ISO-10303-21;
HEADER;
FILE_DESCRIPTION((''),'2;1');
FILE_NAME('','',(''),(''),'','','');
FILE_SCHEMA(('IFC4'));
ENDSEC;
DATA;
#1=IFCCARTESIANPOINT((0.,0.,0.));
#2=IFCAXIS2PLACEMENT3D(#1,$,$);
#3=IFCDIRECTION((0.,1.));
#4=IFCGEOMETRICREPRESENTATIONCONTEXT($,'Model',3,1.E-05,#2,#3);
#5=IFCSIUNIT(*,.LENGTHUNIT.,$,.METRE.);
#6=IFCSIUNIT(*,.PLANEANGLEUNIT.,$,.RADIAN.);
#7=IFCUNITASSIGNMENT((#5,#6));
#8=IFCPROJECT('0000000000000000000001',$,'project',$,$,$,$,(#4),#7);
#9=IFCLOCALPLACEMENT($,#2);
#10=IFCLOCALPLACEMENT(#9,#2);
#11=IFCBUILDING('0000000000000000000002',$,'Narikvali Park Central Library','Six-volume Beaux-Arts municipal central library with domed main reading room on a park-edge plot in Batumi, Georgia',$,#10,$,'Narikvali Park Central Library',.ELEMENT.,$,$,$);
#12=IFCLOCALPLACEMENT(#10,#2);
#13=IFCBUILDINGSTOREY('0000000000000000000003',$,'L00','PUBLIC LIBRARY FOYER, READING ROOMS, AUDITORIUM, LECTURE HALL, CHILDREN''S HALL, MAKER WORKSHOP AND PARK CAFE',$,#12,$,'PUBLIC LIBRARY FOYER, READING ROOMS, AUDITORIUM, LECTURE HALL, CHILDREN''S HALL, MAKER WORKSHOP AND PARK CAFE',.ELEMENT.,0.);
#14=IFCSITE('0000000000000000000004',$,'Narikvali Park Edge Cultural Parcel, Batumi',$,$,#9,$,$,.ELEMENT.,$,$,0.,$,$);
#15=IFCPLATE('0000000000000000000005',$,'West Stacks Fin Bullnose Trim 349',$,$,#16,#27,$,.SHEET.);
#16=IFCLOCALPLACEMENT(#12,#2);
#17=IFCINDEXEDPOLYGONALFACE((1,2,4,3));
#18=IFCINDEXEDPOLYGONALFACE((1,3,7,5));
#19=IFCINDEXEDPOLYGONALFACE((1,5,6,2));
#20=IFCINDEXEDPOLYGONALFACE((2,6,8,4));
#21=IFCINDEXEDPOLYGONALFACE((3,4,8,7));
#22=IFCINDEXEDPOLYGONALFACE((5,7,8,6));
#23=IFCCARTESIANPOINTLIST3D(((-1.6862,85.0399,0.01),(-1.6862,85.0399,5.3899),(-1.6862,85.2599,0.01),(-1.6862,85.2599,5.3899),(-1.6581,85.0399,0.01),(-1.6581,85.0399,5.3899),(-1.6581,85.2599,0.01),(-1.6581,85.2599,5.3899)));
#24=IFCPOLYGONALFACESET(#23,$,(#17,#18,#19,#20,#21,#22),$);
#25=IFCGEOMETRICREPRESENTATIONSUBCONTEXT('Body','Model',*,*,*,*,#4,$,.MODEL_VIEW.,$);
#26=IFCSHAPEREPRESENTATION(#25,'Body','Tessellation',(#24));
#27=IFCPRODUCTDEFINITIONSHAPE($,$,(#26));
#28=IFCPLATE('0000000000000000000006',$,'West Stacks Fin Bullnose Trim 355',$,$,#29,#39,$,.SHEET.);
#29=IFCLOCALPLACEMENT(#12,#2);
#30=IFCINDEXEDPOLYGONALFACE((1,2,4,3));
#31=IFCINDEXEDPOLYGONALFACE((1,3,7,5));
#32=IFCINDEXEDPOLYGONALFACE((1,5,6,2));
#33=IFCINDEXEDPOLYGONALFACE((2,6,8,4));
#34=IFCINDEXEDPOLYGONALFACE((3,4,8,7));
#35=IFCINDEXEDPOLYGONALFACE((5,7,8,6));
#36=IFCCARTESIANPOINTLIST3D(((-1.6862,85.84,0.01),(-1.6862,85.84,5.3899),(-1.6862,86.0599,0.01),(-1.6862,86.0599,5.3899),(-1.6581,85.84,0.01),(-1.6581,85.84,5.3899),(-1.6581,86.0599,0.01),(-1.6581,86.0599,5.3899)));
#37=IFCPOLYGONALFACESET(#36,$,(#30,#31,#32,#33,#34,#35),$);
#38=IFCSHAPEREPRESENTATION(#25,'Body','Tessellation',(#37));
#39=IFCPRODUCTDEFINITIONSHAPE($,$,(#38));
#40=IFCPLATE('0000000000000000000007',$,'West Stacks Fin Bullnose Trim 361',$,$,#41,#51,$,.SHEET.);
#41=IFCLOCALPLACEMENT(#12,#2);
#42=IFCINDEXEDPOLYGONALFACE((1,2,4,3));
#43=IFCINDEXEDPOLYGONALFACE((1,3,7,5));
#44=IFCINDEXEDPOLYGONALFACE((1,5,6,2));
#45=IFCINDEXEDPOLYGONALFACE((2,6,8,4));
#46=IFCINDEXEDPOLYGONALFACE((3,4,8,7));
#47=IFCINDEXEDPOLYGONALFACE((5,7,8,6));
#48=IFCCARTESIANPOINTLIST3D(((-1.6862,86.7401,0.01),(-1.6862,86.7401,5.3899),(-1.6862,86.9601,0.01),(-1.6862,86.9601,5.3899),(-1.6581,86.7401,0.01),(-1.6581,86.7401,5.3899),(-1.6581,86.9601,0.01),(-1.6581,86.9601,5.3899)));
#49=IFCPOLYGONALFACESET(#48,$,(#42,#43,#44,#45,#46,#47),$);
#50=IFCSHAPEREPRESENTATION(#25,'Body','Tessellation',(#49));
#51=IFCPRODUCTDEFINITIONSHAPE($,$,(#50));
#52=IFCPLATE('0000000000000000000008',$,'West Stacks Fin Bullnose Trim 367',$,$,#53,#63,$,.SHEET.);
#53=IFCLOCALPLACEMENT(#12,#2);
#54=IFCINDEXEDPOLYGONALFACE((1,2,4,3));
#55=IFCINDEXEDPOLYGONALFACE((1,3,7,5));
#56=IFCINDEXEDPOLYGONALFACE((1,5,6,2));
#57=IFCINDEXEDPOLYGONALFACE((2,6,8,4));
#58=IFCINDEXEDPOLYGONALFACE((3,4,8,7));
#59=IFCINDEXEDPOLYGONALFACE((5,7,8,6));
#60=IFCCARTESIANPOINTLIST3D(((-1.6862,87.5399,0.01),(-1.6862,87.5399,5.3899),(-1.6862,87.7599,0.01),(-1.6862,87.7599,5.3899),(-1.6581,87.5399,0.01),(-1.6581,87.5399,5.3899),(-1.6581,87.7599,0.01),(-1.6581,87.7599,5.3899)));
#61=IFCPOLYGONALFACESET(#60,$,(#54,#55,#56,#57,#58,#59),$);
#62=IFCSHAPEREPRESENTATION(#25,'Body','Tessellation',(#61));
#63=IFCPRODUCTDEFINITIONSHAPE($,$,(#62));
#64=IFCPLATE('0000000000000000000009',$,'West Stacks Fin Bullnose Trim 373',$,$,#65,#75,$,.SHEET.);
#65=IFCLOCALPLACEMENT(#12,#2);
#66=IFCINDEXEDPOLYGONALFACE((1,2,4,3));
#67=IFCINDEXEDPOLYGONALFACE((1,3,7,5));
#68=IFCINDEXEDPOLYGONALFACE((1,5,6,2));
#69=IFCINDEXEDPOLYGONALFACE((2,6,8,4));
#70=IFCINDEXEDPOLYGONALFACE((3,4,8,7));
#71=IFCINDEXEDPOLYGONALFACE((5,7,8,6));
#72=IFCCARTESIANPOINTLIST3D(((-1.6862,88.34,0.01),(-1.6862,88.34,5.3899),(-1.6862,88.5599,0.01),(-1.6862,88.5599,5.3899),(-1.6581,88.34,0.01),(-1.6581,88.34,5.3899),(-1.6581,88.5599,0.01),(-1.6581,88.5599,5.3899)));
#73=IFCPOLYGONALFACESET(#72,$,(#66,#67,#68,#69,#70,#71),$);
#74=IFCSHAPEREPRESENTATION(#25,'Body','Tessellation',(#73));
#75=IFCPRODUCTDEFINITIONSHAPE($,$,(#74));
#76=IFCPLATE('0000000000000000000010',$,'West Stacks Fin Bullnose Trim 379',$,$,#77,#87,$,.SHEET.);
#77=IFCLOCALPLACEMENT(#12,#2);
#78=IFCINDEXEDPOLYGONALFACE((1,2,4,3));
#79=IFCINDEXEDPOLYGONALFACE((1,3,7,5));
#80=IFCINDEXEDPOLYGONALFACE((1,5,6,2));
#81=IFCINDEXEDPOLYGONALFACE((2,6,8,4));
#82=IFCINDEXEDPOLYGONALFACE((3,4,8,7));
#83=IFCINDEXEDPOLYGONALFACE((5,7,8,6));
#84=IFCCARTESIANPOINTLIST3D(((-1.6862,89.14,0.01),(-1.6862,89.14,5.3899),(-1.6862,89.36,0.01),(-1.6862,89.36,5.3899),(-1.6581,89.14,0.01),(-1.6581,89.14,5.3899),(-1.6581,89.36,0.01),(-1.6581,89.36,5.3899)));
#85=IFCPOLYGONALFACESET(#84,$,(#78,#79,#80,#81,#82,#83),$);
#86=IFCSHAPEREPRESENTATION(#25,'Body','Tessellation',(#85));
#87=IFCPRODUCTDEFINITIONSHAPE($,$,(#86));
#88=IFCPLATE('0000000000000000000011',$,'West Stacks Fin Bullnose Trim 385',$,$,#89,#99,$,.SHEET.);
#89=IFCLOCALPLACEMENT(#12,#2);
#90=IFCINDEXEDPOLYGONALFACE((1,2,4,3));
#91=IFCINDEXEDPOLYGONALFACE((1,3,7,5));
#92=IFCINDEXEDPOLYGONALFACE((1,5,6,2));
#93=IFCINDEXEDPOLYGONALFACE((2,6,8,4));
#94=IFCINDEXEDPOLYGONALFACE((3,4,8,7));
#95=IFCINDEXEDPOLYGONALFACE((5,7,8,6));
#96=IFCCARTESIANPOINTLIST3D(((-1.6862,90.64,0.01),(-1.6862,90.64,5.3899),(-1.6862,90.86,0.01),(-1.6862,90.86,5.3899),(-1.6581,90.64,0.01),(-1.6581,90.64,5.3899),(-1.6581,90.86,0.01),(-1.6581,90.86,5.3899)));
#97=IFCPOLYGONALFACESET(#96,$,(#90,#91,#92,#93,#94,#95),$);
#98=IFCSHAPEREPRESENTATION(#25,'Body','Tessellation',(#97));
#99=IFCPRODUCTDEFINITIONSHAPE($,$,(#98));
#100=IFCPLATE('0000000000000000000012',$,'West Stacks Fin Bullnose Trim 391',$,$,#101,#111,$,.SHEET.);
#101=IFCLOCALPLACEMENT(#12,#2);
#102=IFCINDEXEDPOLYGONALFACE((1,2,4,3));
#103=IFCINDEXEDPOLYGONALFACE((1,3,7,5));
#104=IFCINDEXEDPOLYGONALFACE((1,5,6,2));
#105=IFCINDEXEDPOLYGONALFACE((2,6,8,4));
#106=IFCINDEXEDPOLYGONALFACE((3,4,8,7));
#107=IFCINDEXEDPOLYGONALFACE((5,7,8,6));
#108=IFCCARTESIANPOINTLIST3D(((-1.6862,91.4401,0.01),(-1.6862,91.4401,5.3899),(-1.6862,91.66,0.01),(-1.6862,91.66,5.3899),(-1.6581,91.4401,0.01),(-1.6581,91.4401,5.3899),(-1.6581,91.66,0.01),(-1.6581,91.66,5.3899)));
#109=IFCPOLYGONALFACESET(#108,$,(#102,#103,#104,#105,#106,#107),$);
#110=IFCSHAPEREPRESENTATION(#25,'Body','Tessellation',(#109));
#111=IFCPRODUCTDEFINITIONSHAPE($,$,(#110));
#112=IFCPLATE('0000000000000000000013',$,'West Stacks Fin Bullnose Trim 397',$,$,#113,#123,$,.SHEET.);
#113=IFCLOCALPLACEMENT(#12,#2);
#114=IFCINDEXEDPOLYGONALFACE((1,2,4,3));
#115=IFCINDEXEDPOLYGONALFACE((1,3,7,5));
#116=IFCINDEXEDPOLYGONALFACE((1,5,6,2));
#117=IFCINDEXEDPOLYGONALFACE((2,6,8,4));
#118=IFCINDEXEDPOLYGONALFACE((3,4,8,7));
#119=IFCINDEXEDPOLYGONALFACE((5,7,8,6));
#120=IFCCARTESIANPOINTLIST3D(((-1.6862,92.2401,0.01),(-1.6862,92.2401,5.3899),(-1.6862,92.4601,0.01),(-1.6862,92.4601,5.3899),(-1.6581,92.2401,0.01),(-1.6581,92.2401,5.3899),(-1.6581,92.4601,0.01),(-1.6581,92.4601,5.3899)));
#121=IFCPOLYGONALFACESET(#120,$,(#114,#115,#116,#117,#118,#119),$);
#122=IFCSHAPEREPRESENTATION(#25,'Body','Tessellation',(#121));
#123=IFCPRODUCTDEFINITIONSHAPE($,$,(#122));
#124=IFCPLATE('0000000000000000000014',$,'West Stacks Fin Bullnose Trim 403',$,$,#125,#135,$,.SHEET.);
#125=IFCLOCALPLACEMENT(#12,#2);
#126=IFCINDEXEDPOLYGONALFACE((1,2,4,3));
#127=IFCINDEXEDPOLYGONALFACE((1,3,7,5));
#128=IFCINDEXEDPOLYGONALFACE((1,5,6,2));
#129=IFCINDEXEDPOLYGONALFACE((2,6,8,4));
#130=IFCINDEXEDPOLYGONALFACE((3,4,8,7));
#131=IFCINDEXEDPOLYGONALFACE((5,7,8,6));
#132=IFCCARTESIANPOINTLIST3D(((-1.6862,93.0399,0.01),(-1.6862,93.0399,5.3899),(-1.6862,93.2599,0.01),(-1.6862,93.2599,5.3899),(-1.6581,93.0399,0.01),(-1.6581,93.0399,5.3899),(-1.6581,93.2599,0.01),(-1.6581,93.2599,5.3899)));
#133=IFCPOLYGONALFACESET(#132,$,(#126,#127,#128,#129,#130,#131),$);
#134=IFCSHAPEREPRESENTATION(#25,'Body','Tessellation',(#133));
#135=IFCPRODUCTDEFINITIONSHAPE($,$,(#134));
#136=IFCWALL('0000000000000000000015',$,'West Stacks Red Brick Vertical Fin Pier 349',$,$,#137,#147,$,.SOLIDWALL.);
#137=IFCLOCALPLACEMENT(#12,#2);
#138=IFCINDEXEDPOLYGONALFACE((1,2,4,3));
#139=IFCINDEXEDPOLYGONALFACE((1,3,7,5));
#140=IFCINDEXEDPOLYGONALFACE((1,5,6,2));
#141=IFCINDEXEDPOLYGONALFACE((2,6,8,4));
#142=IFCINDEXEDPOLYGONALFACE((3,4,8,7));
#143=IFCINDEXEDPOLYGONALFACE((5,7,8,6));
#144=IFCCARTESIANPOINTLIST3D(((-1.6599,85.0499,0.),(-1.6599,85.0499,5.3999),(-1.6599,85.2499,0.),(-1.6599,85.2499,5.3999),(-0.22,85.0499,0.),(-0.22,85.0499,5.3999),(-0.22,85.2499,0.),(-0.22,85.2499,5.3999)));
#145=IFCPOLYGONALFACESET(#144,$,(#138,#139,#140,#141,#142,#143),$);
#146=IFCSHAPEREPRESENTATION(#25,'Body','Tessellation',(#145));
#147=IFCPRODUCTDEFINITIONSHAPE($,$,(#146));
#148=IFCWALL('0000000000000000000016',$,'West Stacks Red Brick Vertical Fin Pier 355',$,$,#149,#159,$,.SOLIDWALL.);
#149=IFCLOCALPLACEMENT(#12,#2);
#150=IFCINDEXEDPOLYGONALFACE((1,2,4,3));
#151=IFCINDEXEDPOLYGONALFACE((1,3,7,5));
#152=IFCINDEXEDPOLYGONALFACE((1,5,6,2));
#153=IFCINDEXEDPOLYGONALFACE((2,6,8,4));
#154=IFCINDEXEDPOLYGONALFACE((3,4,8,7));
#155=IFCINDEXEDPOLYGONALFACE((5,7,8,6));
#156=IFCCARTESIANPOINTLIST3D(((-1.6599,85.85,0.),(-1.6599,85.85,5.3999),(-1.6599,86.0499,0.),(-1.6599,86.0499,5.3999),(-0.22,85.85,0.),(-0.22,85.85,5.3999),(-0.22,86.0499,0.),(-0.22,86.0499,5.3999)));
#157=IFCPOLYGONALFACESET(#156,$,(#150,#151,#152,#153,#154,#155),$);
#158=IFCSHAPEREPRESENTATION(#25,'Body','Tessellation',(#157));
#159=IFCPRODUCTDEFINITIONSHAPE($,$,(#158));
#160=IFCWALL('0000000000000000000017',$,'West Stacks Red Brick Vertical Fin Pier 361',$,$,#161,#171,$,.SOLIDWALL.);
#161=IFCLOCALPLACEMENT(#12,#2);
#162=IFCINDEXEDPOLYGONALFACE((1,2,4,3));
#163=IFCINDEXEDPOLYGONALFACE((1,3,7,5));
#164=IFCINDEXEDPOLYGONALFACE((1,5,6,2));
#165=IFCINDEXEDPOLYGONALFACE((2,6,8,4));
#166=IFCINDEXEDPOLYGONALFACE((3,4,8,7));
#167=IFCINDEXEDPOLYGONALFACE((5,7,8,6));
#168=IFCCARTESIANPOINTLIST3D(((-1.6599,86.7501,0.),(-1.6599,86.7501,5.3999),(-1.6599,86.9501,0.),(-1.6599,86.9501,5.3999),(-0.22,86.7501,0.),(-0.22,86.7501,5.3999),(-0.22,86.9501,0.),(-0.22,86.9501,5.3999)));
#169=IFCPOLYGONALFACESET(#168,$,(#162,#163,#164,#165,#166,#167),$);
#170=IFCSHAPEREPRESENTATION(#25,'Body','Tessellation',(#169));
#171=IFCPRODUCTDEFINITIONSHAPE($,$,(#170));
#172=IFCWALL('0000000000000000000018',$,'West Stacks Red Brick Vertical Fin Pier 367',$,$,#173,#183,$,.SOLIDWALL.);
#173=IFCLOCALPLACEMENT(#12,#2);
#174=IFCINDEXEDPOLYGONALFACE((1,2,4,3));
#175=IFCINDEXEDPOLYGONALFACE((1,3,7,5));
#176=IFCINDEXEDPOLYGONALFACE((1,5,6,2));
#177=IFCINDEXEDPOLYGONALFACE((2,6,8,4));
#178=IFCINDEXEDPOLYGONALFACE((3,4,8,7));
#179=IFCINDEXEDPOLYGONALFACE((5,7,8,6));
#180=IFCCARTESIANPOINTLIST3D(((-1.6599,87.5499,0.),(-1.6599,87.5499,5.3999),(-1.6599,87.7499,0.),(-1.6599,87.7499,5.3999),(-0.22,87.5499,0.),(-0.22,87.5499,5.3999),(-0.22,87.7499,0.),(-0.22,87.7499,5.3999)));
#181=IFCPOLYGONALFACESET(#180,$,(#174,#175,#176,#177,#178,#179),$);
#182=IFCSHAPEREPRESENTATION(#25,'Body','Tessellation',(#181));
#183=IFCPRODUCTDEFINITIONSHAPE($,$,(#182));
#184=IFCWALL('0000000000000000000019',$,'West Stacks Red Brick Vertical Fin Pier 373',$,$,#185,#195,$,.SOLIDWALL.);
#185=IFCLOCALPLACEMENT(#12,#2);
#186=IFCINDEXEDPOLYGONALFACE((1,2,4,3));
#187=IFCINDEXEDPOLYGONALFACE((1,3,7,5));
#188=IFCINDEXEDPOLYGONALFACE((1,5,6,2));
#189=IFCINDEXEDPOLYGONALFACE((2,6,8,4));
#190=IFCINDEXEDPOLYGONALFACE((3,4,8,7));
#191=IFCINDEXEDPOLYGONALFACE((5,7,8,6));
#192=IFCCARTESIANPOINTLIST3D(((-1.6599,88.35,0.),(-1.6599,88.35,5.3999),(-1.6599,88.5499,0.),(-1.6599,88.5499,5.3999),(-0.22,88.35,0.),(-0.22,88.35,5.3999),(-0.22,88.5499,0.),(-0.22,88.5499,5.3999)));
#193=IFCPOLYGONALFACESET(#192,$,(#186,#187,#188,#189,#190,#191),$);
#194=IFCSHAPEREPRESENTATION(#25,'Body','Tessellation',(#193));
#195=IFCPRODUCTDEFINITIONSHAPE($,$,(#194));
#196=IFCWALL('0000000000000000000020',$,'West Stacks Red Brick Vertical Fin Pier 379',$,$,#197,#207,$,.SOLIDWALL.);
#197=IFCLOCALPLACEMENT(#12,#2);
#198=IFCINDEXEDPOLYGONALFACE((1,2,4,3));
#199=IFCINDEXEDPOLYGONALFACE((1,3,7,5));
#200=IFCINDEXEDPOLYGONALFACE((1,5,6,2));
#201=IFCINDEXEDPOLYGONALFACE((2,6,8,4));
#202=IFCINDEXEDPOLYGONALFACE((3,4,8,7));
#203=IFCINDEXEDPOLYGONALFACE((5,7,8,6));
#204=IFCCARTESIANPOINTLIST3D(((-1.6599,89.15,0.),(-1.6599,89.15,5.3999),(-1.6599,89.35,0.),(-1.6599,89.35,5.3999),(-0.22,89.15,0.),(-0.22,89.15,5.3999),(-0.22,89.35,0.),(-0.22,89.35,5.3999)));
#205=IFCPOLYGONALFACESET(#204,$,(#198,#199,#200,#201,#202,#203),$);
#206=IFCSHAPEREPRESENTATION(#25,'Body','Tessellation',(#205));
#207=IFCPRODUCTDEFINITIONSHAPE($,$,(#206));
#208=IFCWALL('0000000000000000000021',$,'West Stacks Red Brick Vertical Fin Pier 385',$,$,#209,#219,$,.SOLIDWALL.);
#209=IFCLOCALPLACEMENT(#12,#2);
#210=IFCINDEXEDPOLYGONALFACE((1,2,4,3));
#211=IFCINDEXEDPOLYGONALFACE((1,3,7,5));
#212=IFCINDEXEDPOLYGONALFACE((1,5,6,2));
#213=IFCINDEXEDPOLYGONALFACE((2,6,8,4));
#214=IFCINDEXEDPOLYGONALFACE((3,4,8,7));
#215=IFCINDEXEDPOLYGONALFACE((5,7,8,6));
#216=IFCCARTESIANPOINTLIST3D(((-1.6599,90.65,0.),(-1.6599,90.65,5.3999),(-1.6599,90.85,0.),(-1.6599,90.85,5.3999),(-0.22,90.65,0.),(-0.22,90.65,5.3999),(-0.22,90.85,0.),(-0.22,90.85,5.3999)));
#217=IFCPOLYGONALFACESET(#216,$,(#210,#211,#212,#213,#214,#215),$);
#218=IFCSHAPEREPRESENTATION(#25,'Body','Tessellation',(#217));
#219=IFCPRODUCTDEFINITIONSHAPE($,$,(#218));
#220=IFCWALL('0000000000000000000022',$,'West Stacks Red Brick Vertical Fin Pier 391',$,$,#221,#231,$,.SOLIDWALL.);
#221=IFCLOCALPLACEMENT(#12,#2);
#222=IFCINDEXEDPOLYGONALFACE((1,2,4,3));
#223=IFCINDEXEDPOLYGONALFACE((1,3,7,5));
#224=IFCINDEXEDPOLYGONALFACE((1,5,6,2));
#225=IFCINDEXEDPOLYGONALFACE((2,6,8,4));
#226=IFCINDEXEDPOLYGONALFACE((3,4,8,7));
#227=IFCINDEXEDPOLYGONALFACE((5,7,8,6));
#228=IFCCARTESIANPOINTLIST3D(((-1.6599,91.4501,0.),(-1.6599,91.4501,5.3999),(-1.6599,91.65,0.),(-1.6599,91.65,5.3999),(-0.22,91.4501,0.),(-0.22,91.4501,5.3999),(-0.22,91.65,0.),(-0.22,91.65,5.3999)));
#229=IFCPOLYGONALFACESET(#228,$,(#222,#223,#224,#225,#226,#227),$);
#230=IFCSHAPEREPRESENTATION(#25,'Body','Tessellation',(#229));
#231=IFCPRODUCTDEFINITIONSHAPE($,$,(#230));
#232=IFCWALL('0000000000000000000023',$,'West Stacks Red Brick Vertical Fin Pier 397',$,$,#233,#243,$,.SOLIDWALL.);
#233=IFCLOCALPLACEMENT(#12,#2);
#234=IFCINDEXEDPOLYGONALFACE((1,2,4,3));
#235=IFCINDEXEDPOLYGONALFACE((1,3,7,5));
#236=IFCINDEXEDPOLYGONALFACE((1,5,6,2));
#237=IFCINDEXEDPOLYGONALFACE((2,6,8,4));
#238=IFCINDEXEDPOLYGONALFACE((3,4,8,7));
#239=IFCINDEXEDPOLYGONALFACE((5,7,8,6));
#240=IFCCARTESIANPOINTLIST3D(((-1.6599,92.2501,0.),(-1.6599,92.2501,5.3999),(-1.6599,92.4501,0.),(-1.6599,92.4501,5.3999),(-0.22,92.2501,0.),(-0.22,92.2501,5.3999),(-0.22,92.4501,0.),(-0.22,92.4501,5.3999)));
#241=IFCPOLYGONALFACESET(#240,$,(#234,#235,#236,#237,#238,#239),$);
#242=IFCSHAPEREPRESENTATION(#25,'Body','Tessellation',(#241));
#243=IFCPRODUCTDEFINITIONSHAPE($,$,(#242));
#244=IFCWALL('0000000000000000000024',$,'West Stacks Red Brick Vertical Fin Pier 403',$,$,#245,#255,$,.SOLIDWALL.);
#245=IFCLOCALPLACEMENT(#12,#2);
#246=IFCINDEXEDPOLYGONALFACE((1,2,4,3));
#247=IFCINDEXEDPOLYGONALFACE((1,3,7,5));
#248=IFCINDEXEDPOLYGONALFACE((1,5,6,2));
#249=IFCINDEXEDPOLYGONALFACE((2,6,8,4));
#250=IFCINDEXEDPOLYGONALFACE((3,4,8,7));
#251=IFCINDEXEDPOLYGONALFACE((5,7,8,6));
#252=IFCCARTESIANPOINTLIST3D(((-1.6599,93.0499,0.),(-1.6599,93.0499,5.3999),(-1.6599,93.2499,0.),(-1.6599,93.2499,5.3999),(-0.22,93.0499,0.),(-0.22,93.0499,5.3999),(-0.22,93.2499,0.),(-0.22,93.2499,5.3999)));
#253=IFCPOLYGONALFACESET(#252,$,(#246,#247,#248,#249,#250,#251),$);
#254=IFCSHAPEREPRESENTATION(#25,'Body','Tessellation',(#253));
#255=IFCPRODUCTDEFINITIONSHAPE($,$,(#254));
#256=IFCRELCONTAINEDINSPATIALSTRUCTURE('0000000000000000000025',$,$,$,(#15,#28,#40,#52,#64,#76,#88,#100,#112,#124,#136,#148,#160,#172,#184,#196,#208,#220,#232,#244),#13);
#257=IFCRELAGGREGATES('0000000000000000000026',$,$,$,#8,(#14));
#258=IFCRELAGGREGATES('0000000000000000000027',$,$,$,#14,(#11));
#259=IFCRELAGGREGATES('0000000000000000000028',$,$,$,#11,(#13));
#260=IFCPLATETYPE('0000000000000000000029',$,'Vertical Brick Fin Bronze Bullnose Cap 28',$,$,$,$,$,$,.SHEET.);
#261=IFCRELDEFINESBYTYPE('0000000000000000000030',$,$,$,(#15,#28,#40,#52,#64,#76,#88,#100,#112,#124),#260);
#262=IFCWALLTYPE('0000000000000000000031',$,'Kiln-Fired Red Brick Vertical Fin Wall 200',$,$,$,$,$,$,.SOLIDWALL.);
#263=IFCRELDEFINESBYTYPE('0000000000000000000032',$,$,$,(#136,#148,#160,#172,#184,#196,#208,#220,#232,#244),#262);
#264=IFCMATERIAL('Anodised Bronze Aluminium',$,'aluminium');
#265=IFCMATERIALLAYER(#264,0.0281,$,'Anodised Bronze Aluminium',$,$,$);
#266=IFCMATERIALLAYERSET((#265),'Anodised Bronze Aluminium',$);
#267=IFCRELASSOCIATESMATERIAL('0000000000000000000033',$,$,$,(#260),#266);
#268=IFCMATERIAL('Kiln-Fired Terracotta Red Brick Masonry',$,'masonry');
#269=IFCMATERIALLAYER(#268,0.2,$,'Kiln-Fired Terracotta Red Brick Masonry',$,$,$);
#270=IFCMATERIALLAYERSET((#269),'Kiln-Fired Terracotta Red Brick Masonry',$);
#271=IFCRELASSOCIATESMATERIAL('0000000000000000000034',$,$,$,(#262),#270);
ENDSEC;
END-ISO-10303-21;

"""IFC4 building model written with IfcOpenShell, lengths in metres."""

from ifc_helpers import new_model, si_unit, direction, frame, frame_2d, origin, origin_2d, place, context, subcontext, project, spatial, rectangle, extrude, material, layer, layer_set, type_object, element, save


model = new_model("IFC4")

# Units and contexts
model_context = context("Model", 3, precision=1e-05, world=origin(), true_north=direction((0.0, 1.0)))
body_context = subcontext(model_context, "Body", "Model", "MODEL_VIEW")
ifc_project = project(units=[si_unit("LENGTHUNIT", "METRE"), si_unit("PLANEANGLEUNIT", "RADIAN")], contexts=[model_context])

# Site, building, storey
site_placement = place(None, origin())
site = spatial("IfcSite", under=ifc_project, at=site_placement, Name="Narikvali Park Edge Cultural Parcel, Batumi", CompositionType="ELEMENT", RefElevation=0.0)
building_placement = place(site_placement, origin())
building = spatial("IfcBuilding", under=site, at=building_placement, Name="Narikvali Park Central Library", Description="Six-volume Beaux-Arts municipal central library with domed main reading room on a park-edge plot in Batumi, Georgia", LongName="Narikvali Park Central Library", CompositionType="ELEMENT")
storey_placement = place(building_placement, origin())
storey = spatial("IfcBuildingStorey", under=building, at=storey_placement, Name="L00", Description="PUBLIC LIBRARY FOYER, READING ROOMS, AUDITORIUM, LECTURE HALL, CHILDREN'S HALL, MAKER WORKSHOP AND PARK CAFE", LongName="PUBLIC LIBRARY FOYER, READING ROOMS, AUDITORIUM, LECTURE HALL, CHILDREN'S HALL, MAKER WORKSHOP AND PARK CAFE", CompositionType="ELEMENT", Elevation=0.0)

# Plates
ifc_material_1 = material(Name="Anodised Bronze Aluminium", Category="aluminium")
ifc_layer_1 = layer(ifc_material_1, 0.0281, Name="Anodised Bronze Aluminium")
ifc_layer_set_1 = layer_set([ifc_layer_1], Name="Anodised Bronze Aluminium")
plate_type = type_object("IfcPlateType", Name="Vertical Brick Fin Bronze Bullnose Cap 28", PredefinedType="SHEET", material=ifc_layer_set_1)
for number, where, z_axis, x_axis, name in (
    (1, (-1.6721, 85.1499, 0.01), (0.0, 0.0, 1.0), (1.0, 0.0, 0.0), "West Stacks Fin Bullnose Trim 349"),
    (2, (-1.6721, 85.95, 0.01), (0.0, 0.0, 1.0), (1.0, 0.0, 0.0), "West Stacks Fin Bullnose Trim 355"),
    (3, (-1.6721, 86.8501, 0.01), (0.0, 0.0, 1.0), (1.0, 0.0, 0.0), "West Stacks Fin Bullnose Trim 361"),
    (4, (-1.6721, 87.6499, 0.01), (0.0, 0.0, 1.0), (1.0, 0.0, 0.0), "West Stacks Fin Bullnose Trim 367"),
    (5, (-1.6721, 88.45, 0.01), (0.0, 0.0, 1.0), (1.0, 0.0, 0.0), "West Stacks Fin Bullnose Trim 373"),
    (6, (-1.6721, 89.25, 0.01), (0.0, 0.0, 1.0), (1.0, 0.0, 0.0), "West Stacks Fin Bullnose Trim 379"),
    (7, (-1.6721, 90.75, 0.01), (0.0, 0.0, 1.0), (1.0, 0.0, 0.0), "West Stacks Fin Bullnose Trim 385"),
    (8, (-1.6721, 91.55, 0.01), (0.0, 0.0, 1.0), (1.0, 0.0, 0.0), "West Stacks Fin Bullnose Trim 391"),
    (9, (-1.6721, 92.3501, 0.01), (0.0, 0.0, 1.0), (1.0, 0.0, 0.0), "West Stacks Fin Bullnose Trim 397"),
    (10, (-1.6721, 93.1499, 0.01), (0.0, 0.0, 1.0), (1.0, 0.0, 0.0), "West Stacks Fin Bullnose Trim 403"),
):
    element("IfcPlate", number, at=place(storey_placement, frame(where, z_axis=z_axis, x_axis=x_axis)), inside=storey, type_object=plate_type, Name=name, PredefinedType="SHEET", context=body_context, shape_type="SweptSolid", body=[
        extrude(rectangle(XDim=0.0281, YDim=0.22, at=origin_2d()), origin(), (0.0, 0.0, 1.0), 5.3799),
    ])

# Walls
ifc_material_2 = material(Name="Kiln-Fired Terracotta Red Brick Masonry", Category="masonry")
ifc_layer_2 = layer(ifc_material_2, 0.2, Name="Kiln-Fired Terracotta Red Brick Masonry")
ifc_layer_set_2 = layer_set([ifc_layer_2], Name="Kiln-Fired Terracotta Red Brick Masonry")
wall_type = type_object("IfcWallType", Name="Kiln-Fired Red Brick Vertical Fin Wall 200", PredefinedType="SOLIDWALL", material=ifc_layer_set_2)
for number, where, z_axis, x_axis, name in (
    (11, (-1.6599, 85.1499, 0.0), (0.0, 0.0, 1.0), (1.0, 0.0, 0.0), "West Stacks Red Brick Vertical Fin Pier 349"),
    (12, (-1.6599, 85.95, 0.0), (0.0, 0.0, 1.0), (1.0, 0.0, 0.0), "West Stacks Red Brick Vertical Fin Pier 355"),
    (13, (-1.6599, 86.8501, 0.0), (0.0, 0.0, 1.0), (1.0, 0.0, 0.0), "West Stacks Red Brick Vertical Fin Pier 361"),
    (14, (-1.6599, 87.6499, 0.0), (0.0, 0.0, 1.0), (1.0, 0.0, 0.0), "West Stacks Red Brick Vertical Fin Pier 367"),
    (15, (-1.6599, 88.45, 0.0), (0.0, 0.0, 1.0), (1.0, 0.0, 0.0), "West Stacks Red Brick Vertical Fin Pier 373"),
    (16, (-1.6599, 89.25, 0.0), (0.0, 0.0, 1.0), (1.0, 0.0, 0.0), "West Stacks Red Brick Vertical Fin Pier 379"),
    (17, (-1.6599, 90.75, 0.0), (0.0, 0.0, 1.0), (1.0, 0.0, 0.0), "West Stacks Red Brick Vertical Fin Pier 385"),
    (18, (-1.6599, 91.55, 0.0), (0.0, 0.0, 1.0), (1.0, 0.0, 0.0), "West Stacks Red Brick Vertical Fin Pier 391"),
    (19, (-1.6599, 92.3501, 0.0), (0.0, 0.0, 1.0), (1.0, 0.0, 0.0), "West Stacks Red Brick Vertical Fin Pier 397"),
    (20, (-1.6599, 93.1499, 0.0), (0.0, 0.0, 1.0), (1.0, 0.0, 0.0), "West Stacks Red Brick Vertical Fin Pier 403"),
):
    element("IfcWall", number, at=place(storey_placement, frame(where, z_axis=z_axis, x_axis=x_axis)), inside=storey, type_object=wall_type, Name=name, PredefinedType="SOLIDWALL", context=body_context, shape_type="SweptSolid", body=[
        extrude(rectangle(XDim=1.4399, YDim=0.2, at=frame_2d((0.72, 0.0))), origin(), (0.0, 0.0, 1.0), 5.3999),
    ])

save(model, "model.ifc")
